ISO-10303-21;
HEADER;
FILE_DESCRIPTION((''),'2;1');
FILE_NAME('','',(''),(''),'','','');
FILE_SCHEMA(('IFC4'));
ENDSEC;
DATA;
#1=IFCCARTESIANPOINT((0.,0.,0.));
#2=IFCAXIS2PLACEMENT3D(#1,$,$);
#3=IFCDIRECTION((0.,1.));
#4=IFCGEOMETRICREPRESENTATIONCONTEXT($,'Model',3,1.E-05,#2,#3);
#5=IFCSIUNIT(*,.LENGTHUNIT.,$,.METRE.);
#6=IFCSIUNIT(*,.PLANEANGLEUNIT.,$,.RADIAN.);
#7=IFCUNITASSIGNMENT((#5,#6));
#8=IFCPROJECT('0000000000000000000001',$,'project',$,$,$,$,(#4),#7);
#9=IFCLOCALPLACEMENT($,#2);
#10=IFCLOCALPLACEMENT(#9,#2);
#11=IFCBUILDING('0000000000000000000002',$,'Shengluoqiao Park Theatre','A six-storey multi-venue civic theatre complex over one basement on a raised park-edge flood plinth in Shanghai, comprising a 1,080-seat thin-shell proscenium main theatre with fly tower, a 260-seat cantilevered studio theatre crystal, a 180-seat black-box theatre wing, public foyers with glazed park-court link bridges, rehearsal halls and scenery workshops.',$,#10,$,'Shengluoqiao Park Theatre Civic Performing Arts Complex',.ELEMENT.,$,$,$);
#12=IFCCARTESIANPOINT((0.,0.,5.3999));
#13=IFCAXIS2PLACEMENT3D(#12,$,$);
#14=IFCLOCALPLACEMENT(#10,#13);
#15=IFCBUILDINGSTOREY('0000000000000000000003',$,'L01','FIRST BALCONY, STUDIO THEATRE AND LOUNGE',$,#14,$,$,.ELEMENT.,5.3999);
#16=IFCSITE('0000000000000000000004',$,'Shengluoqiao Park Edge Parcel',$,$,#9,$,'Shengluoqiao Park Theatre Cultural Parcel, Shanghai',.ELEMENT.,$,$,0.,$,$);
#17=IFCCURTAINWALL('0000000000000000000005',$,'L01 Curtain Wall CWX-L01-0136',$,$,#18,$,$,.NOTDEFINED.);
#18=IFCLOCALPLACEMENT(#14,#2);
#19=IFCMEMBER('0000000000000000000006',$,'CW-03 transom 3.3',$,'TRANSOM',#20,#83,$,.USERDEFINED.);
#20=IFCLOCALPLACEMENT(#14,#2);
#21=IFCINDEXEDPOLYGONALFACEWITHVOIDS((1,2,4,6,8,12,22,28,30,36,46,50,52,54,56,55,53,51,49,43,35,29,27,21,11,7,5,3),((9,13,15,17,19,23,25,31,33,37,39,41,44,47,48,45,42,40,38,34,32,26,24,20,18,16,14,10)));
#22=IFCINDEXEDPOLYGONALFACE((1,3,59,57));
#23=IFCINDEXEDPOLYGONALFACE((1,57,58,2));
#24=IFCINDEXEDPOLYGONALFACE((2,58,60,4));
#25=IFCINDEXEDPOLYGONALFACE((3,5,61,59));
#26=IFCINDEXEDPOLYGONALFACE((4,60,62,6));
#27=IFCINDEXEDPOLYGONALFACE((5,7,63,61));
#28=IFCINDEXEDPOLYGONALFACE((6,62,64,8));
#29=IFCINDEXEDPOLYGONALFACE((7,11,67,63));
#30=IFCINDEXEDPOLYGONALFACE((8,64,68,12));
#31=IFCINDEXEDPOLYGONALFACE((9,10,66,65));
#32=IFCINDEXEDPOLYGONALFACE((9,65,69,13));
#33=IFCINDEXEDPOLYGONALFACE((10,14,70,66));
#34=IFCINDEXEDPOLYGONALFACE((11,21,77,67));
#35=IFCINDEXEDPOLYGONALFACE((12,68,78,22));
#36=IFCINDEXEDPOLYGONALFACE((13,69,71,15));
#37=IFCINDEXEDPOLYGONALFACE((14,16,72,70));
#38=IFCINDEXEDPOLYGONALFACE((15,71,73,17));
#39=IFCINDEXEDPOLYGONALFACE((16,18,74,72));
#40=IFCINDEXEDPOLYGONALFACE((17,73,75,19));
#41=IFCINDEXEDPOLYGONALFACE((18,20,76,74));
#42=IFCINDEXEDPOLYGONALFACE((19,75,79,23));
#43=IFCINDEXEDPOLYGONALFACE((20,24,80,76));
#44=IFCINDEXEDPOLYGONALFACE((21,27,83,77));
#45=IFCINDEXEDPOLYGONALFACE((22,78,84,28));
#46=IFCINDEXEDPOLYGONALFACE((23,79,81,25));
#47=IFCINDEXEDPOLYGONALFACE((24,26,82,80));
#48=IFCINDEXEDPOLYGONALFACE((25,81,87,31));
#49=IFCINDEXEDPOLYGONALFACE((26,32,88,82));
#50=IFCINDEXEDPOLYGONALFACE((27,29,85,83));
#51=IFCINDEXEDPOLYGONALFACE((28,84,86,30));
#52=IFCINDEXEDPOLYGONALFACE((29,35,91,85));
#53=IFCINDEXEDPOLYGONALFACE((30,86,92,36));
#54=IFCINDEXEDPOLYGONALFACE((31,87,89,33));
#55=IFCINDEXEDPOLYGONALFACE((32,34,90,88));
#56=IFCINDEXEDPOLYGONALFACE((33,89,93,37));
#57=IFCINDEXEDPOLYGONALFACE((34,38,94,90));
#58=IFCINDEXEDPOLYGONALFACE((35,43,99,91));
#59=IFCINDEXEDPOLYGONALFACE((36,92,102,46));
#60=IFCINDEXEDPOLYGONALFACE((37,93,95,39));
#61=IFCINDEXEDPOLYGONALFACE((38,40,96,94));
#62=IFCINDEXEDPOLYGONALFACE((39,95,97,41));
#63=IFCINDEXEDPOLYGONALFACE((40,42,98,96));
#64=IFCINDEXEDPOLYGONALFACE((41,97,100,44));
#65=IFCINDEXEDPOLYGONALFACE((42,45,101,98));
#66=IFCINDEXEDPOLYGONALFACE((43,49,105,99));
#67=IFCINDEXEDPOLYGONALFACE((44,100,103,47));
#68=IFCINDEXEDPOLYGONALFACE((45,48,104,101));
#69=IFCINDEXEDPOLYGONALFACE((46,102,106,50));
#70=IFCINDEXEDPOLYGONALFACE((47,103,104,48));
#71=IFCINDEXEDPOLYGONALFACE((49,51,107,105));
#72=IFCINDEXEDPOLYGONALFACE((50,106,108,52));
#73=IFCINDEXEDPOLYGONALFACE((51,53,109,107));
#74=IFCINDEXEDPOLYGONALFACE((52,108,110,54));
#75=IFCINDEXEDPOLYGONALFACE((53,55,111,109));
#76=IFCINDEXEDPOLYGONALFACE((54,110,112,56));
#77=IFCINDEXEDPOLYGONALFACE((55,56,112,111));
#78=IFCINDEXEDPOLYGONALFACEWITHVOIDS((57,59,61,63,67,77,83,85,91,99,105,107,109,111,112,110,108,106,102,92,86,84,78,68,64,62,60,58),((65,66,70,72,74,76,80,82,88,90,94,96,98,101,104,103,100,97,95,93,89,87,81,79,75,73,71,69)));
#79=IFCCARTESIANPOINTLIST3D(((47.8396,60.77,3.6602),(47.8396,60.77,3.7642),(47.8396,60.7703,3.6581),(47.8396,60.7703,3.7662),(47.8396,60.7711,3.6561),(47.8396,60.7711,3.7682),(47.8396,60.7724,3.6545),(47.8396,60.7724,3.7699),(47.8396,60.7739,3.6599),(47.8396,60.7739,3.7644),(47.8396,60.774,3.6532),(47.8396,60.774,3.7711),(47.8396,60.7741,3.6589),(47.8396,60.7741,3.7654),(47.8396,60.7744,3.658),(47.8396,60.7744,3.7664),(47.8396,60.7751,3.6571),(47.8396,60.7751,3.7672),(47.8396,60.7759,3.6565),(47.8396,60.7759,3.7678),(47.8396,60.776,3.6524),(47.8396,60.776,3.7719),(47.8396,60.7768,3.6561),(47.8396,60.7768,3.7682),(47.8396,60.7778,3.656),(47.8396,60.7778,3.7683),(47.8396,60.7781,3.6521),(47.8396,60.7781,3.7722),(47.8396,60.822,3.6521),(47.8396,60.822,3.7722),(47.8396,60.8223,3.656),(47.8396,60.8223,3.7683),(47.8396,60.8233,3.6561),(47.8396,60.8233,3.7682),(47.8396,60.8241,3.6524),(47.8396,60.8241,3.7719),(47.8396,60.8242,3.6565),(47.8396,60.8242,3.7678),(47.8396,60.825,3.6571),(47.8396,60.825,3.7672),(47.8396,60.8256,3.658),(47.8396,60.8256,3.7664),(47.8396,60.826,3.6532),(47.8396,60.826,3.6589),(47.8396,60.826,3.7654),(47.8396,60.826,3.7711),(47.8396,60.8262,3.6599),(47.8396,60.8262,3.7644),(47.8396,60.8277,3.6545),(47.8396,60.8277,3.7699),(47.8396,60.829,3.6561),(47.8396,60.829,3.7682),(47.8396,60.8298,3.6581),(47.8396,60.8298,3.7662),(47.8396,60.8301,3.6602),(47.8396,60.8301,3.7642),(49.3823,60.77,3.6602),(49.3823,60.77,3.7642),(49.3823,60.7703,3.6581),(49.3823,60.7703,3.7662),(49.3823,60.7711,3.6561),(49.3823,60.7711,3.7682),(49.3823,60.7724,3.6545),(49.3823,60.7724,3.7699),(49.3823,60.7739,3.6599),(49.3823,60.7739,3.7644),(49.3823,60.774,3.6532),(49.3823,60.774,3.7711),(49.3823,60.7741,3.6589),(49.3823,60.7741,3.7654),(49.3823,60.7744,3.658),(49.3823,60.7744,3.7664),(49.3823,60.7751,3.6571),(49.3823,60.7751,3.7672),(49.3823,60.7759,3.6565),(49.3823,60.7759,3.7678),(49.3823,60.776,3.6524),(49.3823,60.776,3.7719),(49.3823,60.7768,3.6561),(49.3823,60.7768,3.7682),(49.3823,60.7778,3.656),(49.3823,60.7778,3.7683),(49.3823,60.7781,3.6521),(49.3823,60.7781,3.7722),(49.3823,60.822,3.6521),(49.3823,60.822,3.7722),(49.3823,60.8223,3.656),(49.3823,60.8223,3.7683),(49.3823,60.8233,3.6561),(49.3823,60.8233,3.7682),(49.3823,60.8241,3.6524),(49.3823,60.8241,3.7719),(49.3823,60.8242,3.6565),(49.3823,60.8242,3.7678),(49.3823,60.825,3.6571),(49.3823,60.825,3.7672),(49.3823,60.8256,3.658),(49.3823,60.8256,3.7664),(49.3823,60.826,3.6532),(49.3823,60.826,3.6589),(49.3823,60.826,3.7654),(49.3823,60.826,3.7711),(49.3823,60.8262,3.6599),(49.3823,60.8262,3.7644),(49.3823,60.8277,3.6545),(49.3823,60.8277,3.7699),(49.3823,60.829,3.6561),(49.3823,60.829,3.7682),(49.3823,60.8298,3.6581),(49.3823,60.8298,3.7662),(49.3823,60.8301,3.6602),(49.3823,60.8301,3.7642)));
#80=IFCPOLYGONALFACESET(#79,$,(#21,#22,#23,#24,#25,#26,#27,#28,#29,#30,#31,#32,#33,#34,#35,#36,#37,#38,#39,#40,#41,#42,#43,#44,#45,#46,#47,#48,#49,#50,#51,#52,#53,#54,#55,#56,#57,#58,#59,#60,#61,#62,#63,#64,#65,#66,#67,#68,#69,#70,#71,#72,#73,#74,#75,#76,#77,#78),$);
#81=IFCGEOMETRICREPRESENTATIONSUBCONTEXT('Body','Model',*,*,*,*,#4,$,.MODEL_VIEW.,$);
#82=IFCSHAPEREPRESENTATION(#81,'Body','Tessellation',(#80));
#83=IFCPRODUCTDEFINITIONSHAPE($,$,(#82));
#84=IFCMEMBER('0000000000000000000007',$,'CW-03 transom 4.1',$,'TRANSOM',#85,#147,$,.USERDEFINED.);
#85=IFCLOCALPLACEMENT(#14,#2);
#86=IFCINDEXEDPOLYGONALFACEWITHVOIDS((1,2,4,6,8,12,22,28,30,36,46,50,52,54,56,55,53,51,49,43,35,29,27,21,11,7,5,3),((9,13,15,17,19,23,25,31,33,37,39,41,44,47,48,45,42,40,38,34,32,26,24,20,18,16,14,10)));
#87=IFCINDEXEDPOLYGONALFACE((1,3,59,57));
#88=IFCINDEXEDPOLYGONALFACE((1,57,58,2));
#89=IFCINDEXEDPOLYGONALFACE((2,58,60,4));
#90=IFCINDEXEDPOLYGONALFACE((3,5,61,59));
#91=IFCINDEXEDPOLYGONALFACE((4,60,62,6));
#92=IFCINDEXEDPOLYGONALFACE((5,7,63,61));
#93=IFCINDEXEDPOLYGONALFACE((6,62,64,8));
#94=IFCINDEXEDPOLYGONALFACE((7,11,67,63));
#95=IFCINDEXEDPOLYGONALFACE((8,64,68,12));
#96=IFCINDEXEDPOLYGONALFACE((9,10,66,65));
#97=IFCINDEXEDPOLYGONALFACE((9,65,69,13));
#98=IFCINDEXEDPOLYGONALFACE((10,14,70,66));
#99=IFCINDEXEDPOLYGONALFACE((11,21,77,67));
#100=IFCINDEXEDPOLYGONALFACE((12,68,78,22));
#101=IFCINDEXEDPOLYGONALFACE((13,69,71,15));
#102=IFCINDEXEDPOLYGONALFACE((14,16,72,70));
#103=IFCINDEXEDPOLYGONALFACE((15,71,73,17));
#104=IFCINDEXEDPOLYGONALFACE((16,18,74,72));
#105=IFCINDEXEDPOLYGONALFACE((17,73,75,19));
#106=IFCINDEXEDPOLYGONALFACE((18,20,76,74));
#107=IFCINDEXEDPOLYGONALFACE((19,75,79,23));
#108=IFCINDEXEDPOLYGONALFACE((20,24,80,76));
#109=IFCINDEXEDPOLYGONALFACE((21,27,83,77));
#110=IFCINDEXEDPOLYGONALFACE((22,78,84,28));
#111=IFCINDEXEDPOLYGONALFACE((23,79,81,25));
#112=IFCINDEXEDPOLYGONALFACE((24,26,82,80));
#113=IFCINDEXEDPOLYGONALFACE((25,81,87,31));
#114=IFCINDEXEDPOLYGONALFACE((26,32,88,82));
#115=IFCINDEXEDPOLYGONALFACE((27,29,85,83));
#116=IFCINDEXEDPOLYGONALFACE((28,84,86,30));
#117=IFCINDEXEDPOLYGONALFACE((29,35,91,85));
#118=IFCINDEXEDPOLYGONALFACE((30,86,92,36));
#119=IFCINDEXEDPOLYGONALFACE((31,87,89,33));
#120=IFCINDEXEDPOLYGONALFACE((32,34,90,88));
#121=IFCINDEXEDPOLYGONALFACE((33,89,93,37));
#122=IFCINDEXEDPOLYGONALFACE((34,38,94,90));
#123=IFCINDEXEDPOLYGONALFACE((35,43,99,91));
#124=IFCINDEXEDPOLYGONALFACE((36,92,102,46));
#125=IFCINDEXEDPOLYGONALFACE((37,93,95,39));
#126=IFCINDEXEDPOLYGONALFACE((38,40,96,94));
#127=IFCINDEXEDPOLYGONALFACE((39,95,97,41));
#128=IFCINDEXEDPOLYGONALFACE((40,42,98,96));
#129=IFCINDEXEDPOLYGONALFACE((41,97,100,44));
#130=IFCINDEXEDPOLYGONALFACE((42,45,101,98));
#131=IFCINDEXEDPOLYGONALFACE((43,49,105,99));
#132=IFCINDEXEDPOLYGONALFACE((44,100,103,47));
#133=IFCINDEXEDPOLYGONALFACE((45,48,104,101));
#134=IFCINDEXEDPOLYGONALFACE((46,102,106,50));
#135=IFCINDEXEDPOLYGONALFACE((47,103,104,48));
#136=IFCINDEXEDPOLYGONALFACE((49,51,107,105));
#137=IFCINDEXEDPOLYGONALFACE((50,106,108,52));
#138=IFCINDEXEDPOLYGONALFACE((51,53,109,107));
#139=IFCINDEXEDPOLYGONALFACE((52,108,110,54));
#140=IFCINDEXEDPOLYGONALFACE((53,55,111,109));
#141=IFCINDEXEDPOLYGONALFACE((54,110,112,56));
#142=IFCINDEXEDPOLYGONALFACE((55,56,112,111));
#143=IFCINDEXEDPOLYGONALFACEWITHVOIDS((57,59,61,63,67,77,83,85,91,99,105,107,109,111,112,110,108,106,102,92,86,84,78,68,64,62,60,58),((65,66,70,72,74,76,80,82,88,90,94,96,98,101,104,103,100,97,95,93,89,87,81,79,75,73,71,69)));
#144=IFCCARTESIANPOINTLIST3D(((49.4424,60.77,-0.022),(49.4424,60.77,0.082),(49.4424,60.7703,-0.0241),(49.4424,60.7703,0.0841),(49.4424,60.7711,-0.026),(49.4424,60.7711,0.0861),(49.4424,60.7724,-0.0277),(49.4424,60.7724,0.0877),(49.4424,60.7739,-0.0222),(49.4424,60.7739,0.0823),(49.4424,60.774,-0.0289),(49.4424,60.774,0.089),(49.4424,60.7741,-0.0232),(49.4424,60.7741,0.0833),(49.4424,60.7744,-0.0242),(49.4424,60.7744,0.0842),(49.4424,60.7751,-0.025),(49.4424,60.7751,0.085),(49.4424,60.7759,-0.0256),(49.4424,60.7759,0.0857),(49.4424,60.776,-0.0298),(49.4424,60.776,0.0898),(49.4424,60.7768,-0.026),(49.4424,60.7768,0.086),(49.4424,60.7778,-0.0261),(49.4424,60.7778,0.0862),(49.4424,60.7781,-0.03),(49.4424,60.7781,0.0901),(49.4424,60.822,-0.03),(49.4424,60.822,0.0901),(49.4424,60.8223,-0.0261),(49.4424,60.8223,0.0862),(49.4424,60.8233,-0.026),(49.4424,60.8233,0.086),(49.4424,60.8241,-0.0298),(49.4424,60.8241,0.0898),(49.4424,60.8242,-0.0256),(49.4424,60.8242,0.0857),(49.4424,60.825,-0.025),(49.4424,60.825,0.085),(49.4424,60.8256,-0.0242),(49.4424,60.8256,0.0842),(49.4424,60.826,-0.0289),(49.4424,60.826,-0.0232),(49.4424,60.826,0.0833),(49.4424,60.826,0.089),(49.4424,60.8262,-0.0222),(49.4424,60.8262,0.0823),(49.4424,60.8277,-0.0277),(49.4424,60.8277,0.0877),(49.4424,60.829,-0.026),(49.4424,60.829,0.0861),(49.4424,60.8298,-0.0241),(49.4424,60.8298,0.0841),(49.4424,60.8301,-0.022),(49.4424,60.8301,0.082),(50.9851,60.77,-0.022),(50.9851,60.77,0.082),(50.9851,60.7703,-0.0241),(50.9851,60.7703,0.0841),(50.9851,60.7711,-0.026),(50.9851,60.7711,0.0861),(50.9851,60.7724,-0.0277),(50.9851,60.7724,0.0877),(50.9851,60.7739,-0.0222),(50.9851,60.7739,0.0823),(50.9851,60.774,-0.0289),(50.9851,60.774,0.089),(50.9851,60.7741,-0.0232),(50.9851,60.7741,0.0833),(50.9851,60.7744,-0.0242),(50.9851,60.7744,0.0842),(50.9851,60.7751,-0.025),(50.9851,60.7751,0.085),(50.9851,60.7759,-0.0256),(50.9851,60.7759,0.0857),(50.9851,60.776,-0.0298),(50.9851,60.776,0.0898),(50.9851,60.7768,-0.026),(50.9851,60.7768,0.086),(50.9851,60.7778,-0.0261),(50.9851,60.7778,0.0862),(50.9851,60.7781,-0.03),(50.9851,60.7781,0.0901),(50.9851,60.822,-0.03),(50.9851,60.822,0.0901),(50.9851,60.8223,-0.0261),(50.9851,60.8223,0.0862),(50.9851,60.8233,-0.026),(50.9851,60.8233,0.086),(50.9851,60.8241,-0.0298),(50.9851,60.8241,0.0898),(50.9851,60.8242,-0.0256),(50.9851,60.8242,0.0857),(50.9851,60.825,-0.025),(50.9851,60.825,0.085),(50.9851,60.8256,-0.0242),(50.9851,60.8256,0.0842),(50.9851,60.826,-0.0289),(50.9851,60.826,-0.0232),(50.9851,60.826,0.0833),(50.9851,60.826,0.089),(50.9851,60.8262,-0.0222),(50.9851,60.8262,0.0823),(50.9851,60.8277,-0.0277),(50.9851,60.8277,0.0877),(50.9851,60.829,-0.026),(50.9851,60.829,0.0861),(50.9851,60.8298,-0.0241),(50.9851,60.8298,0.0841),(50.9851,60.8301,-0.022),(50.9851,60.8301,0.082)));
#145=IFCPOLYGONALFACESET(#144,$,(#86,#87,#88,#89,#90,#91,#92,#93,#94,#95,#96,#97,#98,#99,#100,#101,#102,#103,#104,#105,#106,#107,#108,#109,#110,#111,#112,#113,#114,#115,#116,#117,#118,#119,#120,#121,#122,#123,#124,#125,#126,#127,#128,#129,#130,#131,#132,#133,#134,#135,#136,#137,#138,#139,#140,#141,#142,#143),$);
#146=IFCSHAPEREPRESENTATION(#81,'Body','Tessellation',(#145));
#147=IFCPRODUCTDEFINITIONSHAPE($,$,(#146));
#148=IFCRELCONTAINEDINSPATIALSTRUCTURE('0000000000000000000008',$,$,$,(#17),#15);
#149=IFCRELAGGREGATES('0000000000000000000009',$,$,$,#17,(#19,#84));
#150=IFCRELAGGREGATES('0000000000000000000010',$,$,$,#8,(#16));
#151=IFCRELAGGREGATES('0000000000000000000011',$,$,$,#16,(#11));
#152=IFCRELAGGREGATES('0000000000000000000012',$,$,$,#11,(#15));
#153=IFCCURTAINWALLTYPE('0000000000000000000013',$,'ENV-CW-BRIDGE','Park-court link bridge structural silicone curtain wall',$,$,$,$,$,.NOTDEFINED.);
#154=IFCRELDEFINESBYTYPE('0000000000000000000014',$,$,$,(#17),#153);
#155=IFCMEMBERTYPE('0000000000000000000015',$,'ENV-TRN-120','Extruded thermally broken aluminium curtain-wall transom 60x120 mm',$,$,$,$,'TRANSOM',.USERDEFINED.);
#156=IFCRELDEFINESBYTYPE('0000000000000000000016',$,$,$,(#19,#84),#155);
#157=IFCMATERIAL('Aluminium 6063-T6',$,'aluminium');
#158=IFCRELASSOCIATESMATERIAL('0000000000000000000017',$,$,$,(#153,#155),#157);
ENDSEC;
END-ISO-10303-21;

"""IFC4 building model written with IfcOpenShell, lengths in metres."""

from ifc_helpers import new_model, si_unit, direction, frame, origin, origin_2d, place, context, subcontext, project, spatial, hollow_rectangle, extrude, material, material_profile, profile_set, type_object, element, aggregate, save


model = new_model("IFC4")

# Units and contexts
model_context = context("Model", 3, precision=1e-05, world=origin(), true_north=direction((0.0, 1.0)))
body_context = subcontext(model_context, "Body", "Model", "MODEL_VIEW")
ifc_project = project(units=[si_unit("LENGTHUNIT", "METRE"), si_unit("PLANEANGLEUNIT", "RADIAN")], contexts=[model_context])

# Site, building, storey
site_placement = place(None, origin())
site = spatial("IfcSite", under=ifc_project, at=site_placement, Name="Shengluoqiao Park Edge Parcel", LongName="Shengluoqiao Park Theatre Cultural Parcel, Shanghai", CompositionType="ELEMENT", RefElevation=0.0)
building_placement = place(site_placement, origin())
building = spatial("IfcBuilding", under=site, at=building_placement, Name="Shengluoqiao Park Theatre", Description="A six-storey multi-venue civic theatre complex over one basement on a raised park-edge flood plinth in Shanghai, comprising a 1,080-seat thin-shell proscenium main theatre with fly tower, a 260-seat cantilevered studio theatre crystal, a 180-seat black-box theatre wing, public foyers with glazed park-court link bridges, rehearsal halls and scenery workshops.", LongName="Shengluoqiao Park Theatre Civic Performing Arts Complex", CompositionType="ELEMENT")
storey_placement = place(building_placement, frame((0.0, 0.0, 5.3999)))
storey = spatial("IfcBuildingStorey", under=building, at=storey_placement, Name="L01", Description="FIRST BALCONY, STUDIO THEATRE AND LOUNGE", CompositionType="ELEMENT", Elevation=5.3999)

# Curtain wall
ifc_material_1 = material(Name="Aluminium 6063-T6", Category="aluminium")
curtain_wall_type = type_object("IfcCurtainWallType", Name="ENV-CW-BRIDGE", Description="Park-court link bridge structural silicone curtain wall", PredefinedType="NOTDEFINED", material=ifc_material_1)
curtain_wall_1_placement = place(storey_placement, origin())
curtain_wall_1 = element("IfcCurtainWall", 1, at=curtain_wall_1_placement, inside=storey, type_object=curtain_wall_type, Name="L01 Curtain Wall CWX-L01-0136", PredefinedType="NOTDEFINED")

# Members
ifc_material_profile_1 = material_profile(ifc_material_1, hollow_rectangle(XDim=0.0601, YDim=0.1201, WallThickness=0.0039, InnerFilletRadius=0.0039, OuterFilletRadius=0.0081, at=origin_2d()), Name="ALU TRANSOM 120x60x4")
ifc_profile_set_1 = profile_set([ifc_material_profile_1], Name="Aluminium 6063-T6")
member_type_1 = type_object("IfcMemberType", Name="ENV-TRN-120", Description="Extruded thermally broken aluminium curtain-wall transom 60x120 mm", ElementType="TRANSOM", PredefinedType="USERDEFINED", material=ifc_profile_set_1)
member_1_placement = place(storey_placement, frame((47.8396, 60.8, 3.7122), z_axis=(1.0, 0.0, 0.0), x_axis=(0.0, 1.0, 0.0)))
member_1 = element("IfcMember", 2, at=member_1_placement, type_object=member_type_1, Name="CW-03 transom 3.3", ObjectType="TRANSOM", PredefinedType="USERDEFINED", context=body_context, shape_type="SweptSolid", body=[
    extrude(hollow_rectangle(XDim=0.0601, YDim=0.1201, WallThickness=0.0039, InnerFilletRadius=0.0039, OuterFilletRadius=0.0081, at=origin_2d()), origin(), (0.0, 0.0, 1.0), 1.5427),
])
member_2_placement = place(storey_placement, frame((49.4424, 60.8, 0.03), z_axis=(1.0, 0.0, 0.0), x_axis=(0.0, 1.0, 0.0)))
member_2 = element("IfcMember", 3, at=member_2_placement, type_object=member_type_1, Name="CW-03 transom 4.1", ObjectType="TRANSOM", PredefinedType="USERDEFINED", context=body_context, shape_type="SweptSolid", body=[
    extrude(hollow_rectangle(XDim=0.0601, YDim=0.1201, WallThickness=0.0039, InnerFilletRadius=0.0039, OuterFilletRadius=0.0081, at=origin_2d()), origin(), (0.0, 0.0, 1.0), 1.5427),
])

aggregate(curtain_wall_1, [member_1, member_2])

save(model, "model.ifc")
